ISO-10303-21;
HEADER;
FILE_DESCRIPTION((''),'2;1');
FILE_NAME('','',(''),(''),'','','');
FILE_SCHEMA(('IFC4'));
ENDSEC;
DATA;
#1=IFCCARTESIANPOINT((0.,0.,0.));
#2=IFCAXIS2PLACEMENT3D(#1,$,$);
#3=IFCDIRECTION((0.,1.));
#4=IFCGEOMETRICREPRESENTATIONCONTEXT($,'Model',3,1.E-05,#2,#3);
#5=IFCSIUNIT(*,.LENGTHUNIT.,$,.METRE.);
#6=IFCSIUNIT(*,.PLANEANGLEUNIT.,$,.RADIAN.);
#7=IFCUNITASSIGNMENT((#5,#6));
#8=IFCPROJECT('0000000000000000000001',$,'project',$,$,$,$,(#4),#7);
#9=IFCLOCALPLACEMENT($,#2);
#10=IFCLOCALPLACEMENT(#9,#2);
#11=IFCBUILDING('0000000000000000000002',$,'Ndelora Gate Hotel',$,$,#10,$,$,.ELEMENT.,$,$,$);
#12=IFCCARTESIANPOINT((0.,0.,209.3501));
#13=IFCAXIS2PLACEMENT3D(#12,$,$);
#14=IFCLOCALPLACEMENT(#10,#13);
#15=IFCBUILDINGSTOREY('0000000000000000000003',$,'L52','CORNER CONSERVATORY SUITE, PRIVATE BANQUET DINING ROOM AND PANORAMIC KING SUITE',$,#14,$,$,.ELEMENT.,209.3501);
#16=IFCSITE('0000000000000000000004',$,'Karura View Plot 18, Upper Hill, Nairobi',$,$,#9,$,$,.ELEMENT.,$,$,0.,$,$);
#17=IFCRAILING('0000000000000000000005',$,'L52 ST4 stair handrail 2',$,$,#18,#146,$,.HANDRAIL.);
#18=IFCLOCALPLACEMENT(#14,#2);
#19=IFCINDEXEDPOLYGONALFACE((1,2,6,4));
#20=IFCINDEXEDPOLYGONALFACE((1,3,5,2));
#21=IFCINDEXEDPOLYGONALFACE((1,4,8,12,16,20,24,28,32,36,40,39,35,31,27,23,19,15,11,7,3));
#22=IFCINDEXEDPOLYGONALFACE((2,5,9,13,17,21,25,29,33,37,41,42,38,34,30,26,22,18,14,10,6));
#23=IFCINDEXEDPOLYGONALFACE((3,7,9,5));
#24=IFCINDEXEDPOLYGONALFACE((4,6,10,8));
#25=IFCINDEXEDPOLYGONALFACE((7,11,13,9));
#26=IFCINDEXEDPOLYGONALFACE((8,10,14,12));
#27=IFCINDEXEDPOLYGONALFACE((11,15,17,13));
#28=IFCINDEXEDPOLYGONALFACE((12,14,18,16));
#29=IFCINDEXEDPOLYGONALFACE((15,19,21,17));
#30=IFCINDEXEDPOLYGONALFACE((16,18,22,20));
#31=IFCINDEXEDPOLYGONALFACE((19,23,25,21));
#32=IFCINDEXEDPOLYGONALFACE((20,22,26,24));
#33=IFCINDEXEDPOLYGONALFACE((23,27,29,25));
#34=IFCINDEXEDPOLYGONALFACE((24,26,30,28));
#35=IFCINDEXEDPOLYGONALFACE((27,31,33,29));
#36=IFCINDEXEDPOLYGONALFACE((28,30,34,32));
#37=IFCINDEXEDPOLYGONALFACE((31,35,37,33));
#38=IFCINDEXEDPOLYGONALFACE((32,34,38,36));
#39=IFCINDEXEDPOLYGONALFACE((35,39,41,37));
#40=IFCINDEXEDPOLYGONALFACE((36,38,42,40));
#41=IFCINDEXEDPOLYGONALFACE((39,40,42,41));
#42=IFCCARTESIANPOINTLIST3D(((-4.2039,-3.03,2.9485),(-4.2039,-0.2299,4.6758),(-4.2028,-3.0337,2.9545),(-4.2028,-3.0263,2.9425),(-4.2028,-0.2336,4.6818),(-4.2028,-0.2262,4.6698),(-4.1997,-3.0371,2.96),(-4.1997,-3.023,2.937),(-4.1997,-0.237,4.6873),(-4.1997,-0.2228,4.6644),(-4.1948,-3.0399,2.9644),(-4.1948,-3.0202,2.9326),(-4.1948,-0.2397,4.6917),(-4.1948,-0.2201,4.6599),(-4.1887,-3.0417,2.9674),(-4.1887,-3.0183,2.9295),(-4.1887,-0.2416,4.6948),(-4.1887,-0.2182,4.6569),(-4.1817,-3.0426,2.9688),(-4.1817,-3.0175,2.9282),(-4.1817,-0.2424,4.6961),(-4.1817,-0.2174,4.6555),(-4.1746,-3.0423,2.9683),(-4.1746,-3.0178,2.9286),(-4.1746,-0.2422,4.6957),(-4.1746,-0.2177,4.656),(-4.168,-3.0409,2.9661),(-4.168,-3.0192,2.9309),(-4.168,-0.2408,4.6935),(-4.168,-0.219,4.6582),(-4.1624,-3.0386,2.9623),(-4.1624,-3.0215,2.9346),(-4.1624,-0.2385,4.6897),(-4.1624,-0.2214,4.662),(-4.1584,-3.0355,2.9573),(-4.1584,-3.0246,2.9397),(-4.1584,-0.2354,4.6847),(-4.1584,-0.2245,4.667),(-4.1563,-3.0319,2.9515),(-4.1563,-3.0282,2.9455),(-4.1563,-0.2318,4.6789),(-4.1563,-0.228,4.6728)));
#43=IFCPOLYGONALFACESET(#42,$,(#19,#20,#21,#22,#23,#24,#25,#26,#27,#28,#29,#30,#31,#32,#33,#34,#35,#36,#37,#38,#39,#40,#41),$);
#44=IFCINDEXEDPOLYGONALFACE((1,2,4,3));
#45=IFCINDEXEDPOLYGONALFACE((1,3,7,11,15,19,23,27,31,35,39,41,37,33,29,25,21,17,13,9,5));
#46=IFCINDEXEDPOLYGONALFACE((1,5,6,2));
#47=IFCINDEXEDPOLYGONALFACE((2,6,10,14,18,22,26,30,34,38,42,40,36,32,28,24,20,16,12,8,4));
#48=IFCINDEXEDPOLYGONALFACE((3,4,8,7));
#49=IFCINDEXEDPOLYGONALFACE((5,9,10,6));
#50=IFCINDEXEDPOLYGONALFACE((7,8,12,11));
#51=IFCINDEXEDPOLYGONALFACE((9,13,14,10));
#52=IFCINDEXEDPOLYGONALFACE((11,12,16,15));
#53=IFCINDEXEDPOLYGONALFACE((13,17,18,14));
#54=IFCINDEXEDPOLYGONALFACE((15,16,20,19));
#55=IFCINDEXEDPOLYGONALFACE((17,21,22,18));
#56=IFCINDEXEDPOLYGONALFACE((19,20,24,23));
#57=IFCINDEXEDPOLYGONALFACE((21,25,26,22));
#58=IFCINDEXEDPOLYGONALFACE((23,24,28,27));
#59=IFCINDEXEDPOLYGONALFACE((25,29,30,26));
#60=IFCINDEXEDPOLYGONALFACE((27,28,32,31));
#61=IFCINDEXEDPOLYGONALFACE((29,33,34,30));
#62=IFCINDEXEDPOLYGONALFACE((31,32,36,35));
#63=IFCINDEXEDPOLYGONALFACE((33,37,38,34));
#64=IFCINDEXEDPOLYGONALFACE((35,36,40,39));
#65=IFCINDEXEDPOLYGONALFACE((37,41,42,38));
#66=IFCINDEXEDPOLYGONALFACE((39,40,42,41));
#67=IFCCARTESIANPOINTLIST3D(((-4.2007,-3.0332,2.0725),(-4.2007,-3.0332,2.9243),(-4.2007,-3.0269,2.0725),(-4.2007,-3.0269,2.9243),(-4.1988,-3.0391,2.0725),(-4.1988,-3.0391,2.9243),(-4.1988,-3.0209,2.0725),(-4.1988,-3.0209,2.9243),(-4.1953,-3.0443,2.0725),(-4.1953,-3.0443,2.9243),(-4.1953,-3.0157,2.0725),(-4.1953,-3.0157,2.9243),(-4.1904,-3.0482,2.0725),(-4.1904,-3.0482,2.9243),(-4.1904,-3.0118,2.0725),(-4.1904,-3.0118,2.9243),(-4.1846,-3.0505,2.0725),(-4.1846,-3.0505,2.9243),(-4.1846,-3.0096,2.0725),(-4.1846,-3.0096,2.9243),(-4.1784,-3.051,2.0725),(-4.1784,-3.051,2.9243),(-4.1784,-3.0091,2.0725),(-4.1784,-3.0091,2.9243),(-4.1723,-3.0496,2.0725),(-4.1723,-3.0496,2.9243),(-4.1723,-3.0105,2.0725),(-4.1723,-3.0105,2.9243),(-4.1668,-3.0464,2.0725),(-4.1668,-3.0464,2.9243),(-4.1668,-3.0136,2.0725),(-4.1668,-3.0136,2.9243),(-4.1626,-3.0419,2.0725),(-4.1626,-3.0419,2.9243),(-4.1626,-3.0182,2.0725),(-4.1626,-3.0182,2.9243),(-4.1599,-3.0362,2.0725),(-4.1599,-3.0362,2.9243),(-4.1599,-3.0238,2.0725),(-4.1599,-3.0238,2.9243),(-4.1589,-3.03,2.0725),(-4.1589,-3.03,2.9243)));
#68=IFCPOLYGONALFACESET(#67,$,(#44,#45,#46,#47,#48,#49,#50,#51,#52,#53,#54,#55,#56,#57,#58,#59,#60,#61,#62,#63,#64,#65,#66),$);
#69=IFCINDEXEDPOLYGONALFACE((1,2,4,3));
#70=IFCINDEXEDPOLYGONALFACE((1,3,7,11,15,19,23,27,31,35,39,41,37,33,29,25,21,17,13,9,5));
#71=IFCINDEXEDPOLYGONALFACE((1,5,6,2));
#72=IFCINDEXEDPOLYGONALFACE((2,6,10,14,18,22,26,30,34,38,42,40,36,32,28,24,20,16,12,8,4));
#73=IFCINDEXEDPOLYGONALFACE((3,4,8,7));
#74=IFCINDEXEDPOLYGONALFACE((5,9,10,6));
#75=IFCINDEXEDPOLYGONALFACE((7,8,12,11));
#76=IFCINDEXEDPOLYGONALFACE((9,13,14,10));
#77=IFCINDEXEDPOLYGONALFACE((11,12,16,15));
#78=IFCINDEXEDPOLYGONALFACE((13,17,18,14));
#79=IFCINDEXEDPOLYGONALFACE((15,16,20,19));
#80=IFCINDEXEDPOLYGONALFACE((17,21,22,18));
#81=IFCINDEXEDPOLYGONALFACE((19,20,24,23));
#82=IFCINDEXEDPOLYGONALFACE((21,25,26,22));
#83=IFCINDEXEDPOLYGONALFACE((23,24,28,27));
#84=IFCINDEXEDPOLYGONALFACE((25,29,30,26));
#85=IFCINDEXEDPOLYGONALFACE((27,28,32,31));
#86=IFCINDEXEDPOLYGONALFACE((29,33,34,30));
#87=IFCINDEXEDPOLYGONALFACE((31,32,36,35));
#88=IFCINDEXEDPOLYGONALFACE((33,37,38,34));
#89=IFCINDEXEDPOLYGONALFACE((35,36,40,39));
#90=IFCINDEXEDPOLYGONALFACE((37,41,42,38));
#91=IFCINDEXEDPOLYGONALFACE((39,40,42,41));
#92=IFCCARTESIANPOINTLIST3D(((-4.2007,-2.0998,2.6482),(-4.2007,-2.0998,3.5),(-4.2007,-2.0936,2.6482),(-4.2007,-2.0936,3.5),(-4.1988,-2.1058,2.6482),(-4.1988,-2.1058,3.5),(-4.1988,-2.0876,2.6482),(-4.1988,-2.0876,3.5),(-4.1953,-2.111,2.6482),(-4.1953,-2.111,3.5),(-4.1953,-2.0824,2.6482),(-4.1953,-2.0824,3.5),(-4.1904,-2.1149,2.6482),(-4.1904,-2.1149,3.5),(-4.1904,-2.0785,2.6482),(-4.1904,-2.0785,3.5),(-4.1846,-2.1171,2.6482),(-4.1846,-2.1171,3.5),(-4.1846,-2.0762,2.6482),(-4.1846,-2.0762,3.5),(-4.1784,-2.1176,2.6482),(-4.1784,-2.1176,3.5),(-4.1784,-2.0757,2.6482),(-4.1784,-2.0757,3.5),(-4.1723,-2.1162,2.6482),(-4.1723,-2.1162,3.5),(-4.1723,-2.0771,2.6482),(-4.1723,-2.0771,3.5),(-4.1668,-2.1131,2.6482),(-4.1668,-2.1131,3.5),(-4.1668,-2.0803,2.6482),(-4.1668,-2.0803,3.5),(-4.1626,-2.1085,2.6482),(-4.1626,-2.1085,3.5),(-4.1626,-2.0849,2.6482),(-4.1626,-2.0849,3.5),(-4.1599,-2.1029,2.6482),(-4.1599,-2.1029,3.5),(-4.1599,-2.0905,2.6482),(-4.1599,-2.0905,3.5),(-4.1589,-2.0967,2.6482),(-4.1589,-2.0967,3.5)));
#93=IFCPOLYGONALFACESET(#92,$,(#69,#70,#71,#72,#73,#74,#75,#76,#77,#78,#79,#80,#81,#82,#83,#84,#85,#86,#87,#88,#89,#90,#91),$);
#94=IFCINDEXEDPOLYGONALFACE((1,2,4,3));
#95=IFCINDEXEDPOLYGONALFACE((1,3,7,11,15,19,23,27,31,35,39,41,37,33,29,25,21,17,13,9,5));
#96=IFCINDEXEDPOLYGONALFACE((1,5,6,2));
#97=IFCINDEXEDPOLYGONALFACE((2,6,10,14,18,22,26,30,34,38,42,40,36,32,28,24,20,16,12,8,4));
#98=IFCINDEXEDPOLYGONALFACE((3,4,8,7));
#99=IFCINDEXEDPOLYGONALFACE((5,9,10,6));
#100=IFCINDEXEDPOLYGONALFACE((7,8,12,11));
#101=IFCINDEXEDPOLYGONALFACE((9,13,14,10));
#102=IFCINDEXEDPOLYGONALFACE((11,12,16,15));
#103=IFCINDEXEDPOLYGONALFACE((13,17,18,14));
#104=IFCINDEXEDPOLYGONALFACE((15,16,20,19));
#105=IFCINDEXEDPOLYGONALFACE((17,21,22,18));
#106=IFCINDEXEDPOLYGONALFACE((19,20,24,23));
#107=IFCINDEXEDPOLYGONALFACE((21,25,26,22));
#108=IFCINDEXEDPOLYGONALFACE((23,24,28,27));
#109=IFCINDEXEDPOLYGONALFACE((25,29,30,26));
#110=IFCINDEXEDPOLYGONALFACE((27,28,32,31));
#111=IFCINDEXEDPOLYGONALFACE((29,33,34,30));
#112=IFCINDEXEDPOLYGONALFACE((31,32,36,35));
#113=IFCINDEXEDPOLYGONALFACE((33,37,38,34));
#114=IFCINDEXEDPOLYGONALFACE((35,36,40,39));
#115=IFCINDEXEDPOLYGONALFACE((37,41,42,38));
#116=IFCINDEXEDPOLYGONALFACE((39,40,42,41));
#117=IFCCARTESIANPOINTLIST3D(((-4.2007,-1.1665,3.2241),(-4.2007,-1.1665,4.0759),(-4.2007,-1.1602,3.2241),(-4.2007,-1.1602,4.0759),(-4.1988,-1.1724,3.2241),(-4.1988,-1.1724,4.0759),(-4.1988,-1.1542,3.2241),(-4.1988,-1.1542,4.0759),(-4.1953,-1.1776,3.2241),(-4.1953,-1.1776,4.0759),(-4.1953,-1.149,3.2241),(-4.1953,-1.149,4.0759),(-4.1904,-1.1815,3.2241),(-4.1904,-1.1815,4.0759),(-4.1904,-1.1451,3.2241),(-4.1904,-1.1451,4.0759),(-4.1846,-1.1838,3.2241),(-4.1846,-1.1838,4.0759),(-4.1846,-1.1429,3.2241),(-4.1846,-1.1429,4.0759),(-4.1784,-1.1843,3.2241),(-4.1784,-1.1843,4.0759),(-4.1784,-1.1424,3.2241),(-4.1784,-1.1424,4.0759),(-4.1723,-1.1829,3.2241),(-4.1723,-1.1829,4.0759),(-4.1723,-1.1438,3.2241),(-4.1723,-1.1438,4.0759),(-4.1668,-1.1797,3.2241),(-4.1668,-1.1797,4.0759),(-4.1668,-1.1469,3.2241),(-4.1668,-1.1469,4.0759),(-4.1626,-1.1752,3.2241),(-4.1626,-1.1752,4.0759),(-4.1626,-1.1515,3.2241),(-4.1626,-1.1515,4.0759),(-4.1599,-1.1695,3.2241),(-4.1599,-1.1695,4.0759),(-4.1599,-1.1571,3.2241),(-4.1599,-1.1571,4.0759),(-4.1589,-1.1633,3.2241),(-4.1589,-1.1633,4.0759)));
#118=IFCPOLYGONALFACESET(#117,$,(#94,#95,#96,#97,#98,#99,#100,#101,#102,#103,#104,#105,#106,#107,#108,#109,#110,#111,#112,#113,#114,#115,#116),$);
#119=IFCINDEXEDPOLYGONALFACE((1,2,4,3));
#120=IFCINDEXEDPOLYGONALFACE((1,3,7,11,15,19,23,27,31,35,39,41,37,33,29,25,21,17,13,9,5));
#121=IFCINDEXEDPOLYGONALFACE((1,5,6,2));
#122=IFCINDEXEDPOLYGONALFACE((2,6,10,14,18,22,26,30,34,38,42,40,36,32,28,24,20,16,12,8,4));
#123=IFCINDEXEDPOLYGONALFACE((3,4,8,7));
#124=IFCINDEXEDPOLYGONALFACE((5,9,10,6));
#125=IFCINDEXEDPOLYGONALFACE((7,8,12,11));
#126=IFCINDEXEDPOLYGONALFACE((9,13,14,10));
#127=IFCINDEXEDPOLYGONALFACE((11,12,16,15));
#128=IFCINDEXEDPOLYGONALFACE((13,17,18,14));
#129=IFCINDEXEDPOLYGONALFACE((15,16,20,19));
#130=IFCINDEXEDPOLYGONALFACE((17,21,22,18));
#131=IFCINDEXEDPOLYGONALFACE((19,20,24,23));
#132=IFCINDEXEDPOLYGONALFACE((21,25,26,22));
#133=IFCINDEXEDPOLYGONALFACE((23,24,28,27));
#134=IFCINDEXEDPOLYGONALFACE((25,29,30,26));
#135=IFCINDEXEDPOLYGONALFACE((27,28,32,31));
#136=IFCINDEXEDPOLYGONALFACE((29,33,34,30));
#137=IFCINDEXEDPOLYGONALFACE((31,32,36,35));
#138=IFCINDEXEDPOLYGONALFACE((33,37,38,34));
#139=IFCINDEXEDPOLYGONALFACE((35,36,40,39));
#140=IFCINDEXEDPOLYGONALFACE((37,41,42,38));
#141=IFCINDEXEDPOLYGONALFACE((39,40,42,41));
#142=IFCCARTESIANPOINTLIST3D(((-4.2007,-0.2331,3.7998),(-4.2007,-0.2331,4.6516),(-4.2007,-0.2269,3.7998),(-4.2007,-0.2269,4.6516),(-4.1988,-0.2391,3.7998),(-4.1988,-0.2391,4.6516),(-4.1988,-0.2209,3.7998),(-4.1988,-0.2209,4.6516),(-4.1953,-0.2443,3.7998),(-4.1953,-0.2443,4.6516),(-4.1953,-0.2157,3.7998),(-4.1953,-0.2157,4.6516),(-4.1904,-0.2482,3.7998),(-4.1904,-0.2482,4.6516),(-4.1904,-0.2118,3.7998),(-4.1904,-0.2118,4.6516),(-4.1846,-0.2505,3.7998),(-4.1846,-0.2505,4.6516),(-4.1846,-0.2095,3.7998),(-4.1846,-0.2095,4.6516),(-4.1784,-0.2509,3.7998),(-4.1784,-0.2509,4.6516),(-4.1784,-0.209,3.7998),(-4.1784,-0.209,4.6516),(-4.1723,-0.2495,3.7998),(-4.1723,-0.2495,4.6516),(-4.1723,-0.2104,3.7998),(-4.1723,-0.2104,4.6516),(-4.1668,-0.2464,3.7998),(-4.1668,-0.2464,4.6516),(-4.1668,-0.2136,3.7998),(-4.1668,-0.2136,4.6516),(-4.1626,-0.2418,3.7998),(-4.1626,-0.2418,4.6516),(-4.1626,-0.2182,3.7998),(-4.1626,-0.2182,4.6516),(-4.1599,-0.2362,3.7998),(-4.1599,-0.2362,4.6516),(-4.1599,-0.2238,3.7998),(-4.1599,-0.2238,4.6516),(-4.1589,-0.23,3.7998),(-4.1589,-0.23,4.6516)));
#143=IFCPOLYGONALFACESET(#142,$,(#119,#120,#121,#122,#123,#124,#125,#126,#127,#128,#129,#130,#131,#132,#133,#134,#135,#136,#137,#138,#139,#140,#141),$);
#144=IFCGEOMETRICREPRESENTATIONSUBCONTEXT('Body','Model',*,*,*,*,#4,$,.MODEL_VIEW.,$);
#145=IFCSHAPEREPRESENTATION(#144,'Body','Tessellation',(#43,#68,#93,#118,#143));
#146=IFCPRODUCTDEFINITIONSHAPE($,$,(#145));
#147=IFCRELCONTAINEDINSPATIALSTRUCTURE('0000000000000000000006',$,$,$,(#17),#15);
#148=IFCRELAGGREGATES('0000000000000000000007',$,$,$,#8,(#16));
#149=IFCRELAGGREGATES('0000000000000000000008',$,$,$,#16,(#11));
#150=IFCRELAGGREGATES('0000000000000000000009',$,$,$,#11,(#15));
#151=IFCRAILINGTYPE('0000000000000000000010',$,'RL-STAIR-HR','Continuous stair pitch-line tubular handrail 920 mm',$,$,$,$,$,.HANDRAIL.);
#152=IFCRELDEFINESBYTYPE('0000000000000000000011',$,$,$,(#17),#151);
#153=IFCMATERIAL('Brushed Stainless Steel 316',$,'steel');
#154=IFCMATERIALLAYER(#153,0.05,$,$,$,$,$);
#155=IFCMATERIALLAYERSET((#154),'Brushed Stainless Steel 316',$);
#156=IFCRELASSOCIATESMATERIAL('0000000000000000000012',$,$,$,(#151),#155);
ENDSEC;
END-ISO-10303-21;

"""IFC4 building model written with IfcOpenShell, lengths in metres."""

from ifc_helpers import new_model, si_unit, direction, frame, origin, origin_2d, place, context, subcontext, project, spatial, circle, extrude, material, layer, layer_set, type_object, element, save


model = new_model("IFC4")

# Units and contexts
model_context = context("Model", 3, precision=1e-05, world=origin(), true_north=direction((0.0, 1.0)))
body_context = subcontext(model_context, "Body", "Model", "MODEL_VIEW")
ifc_project = project(units=[si_unit("LENGTHUNIT", "METRE"), si_unit("PLANEANGLEUNIT", "RADIAN")], contexts=[model_context])

# Site, building, storey
site_placement = place(None, origin())
site = spatial("IfcSite", under=ifc_project, at=site_placement, Name="Karura View Plot 18, Upper Hill, Nairobi", CompositionType="ELEMENT", RefElevation=0.0)
building_placement = place(site_placement, origin())
building = spatial("IfcBuilding", under=site, at=building_placement, Name="Ndelora Gate Hotel", CompositionType="ELEMENT")
storey_placement = place(building_placement, frame((0.0, 0.0, 209.3501)))
storey = spatial("IfcBuildingStorey", under=building, at=storey_placement, Name="L52", Description="CORNER CONSERVATORY SUITE, PRIVATE BANQUET DINING ROOM AND PANORAMIC KING SUITE", CompositionType="ELEMENT", Elevation=209.3501)

# Railing
ifc_material_1 = material(Name="Brushed Stainless Steel 316", Category="steel")
ifc_layer_1 = layer(ifc_material_1, 0.05)
ifc_layer_set_1 = layer_set([ifc_layer_1], Name="Brushed Stainless Steel 316")
railing_type_1 = type_object("IfcRailingType", Name="RL-STAIR-HR", Description="Continuous stair pitch-line tubular handrail 920 mm", PredefinedType="HANDRAIL", material=ifc_layer_set_1)
railing_1_placement = place(storey_placement, frame((-4.1799, -3.03, 2.0725)))
element("IfcRailing", 1, at=railing_1_placement, inside=storey, type_object=railing_type_1, Name="L52 ST4 stair handrail 2", PredefinedType="HANDRAIL", context=body_context, shape_type="SweptSolid", body=[
    extrude(circle(Radius=0.0239, at=origin_2d()), frame((0.0, 0.0, 0.876), z_axis=(0.0, 0.85109, 0.52502), x_axis=(-1.0, 0.0, 0.0)), (0.0, 0.0, 1.0), 3.29),
    extrude(circle(Radius=0.021, at=origin_2d()), origin(), (0.0, 0.0, 1.0), 0.8518),
    extrude(circle(Radius=0.021, at=origin_2d()), frame((0.0, 0.9333, 0.5757)), (0.0, 0.0, 1.0), 0.8518),
    extrude(circle(Radius=0.021, at=origin_2d()), frame((0.0, 1.8667, 1.1516)), (0.0, 0.0, 1.0), 0.8518),
    extrude(circle(Radius=0.021, at=origin_2d()), frame((0.0, 2.8, 1.7273)), (0.0, 0.0, 1.0), 0.8518),
])

save(model, "model.ifc")
